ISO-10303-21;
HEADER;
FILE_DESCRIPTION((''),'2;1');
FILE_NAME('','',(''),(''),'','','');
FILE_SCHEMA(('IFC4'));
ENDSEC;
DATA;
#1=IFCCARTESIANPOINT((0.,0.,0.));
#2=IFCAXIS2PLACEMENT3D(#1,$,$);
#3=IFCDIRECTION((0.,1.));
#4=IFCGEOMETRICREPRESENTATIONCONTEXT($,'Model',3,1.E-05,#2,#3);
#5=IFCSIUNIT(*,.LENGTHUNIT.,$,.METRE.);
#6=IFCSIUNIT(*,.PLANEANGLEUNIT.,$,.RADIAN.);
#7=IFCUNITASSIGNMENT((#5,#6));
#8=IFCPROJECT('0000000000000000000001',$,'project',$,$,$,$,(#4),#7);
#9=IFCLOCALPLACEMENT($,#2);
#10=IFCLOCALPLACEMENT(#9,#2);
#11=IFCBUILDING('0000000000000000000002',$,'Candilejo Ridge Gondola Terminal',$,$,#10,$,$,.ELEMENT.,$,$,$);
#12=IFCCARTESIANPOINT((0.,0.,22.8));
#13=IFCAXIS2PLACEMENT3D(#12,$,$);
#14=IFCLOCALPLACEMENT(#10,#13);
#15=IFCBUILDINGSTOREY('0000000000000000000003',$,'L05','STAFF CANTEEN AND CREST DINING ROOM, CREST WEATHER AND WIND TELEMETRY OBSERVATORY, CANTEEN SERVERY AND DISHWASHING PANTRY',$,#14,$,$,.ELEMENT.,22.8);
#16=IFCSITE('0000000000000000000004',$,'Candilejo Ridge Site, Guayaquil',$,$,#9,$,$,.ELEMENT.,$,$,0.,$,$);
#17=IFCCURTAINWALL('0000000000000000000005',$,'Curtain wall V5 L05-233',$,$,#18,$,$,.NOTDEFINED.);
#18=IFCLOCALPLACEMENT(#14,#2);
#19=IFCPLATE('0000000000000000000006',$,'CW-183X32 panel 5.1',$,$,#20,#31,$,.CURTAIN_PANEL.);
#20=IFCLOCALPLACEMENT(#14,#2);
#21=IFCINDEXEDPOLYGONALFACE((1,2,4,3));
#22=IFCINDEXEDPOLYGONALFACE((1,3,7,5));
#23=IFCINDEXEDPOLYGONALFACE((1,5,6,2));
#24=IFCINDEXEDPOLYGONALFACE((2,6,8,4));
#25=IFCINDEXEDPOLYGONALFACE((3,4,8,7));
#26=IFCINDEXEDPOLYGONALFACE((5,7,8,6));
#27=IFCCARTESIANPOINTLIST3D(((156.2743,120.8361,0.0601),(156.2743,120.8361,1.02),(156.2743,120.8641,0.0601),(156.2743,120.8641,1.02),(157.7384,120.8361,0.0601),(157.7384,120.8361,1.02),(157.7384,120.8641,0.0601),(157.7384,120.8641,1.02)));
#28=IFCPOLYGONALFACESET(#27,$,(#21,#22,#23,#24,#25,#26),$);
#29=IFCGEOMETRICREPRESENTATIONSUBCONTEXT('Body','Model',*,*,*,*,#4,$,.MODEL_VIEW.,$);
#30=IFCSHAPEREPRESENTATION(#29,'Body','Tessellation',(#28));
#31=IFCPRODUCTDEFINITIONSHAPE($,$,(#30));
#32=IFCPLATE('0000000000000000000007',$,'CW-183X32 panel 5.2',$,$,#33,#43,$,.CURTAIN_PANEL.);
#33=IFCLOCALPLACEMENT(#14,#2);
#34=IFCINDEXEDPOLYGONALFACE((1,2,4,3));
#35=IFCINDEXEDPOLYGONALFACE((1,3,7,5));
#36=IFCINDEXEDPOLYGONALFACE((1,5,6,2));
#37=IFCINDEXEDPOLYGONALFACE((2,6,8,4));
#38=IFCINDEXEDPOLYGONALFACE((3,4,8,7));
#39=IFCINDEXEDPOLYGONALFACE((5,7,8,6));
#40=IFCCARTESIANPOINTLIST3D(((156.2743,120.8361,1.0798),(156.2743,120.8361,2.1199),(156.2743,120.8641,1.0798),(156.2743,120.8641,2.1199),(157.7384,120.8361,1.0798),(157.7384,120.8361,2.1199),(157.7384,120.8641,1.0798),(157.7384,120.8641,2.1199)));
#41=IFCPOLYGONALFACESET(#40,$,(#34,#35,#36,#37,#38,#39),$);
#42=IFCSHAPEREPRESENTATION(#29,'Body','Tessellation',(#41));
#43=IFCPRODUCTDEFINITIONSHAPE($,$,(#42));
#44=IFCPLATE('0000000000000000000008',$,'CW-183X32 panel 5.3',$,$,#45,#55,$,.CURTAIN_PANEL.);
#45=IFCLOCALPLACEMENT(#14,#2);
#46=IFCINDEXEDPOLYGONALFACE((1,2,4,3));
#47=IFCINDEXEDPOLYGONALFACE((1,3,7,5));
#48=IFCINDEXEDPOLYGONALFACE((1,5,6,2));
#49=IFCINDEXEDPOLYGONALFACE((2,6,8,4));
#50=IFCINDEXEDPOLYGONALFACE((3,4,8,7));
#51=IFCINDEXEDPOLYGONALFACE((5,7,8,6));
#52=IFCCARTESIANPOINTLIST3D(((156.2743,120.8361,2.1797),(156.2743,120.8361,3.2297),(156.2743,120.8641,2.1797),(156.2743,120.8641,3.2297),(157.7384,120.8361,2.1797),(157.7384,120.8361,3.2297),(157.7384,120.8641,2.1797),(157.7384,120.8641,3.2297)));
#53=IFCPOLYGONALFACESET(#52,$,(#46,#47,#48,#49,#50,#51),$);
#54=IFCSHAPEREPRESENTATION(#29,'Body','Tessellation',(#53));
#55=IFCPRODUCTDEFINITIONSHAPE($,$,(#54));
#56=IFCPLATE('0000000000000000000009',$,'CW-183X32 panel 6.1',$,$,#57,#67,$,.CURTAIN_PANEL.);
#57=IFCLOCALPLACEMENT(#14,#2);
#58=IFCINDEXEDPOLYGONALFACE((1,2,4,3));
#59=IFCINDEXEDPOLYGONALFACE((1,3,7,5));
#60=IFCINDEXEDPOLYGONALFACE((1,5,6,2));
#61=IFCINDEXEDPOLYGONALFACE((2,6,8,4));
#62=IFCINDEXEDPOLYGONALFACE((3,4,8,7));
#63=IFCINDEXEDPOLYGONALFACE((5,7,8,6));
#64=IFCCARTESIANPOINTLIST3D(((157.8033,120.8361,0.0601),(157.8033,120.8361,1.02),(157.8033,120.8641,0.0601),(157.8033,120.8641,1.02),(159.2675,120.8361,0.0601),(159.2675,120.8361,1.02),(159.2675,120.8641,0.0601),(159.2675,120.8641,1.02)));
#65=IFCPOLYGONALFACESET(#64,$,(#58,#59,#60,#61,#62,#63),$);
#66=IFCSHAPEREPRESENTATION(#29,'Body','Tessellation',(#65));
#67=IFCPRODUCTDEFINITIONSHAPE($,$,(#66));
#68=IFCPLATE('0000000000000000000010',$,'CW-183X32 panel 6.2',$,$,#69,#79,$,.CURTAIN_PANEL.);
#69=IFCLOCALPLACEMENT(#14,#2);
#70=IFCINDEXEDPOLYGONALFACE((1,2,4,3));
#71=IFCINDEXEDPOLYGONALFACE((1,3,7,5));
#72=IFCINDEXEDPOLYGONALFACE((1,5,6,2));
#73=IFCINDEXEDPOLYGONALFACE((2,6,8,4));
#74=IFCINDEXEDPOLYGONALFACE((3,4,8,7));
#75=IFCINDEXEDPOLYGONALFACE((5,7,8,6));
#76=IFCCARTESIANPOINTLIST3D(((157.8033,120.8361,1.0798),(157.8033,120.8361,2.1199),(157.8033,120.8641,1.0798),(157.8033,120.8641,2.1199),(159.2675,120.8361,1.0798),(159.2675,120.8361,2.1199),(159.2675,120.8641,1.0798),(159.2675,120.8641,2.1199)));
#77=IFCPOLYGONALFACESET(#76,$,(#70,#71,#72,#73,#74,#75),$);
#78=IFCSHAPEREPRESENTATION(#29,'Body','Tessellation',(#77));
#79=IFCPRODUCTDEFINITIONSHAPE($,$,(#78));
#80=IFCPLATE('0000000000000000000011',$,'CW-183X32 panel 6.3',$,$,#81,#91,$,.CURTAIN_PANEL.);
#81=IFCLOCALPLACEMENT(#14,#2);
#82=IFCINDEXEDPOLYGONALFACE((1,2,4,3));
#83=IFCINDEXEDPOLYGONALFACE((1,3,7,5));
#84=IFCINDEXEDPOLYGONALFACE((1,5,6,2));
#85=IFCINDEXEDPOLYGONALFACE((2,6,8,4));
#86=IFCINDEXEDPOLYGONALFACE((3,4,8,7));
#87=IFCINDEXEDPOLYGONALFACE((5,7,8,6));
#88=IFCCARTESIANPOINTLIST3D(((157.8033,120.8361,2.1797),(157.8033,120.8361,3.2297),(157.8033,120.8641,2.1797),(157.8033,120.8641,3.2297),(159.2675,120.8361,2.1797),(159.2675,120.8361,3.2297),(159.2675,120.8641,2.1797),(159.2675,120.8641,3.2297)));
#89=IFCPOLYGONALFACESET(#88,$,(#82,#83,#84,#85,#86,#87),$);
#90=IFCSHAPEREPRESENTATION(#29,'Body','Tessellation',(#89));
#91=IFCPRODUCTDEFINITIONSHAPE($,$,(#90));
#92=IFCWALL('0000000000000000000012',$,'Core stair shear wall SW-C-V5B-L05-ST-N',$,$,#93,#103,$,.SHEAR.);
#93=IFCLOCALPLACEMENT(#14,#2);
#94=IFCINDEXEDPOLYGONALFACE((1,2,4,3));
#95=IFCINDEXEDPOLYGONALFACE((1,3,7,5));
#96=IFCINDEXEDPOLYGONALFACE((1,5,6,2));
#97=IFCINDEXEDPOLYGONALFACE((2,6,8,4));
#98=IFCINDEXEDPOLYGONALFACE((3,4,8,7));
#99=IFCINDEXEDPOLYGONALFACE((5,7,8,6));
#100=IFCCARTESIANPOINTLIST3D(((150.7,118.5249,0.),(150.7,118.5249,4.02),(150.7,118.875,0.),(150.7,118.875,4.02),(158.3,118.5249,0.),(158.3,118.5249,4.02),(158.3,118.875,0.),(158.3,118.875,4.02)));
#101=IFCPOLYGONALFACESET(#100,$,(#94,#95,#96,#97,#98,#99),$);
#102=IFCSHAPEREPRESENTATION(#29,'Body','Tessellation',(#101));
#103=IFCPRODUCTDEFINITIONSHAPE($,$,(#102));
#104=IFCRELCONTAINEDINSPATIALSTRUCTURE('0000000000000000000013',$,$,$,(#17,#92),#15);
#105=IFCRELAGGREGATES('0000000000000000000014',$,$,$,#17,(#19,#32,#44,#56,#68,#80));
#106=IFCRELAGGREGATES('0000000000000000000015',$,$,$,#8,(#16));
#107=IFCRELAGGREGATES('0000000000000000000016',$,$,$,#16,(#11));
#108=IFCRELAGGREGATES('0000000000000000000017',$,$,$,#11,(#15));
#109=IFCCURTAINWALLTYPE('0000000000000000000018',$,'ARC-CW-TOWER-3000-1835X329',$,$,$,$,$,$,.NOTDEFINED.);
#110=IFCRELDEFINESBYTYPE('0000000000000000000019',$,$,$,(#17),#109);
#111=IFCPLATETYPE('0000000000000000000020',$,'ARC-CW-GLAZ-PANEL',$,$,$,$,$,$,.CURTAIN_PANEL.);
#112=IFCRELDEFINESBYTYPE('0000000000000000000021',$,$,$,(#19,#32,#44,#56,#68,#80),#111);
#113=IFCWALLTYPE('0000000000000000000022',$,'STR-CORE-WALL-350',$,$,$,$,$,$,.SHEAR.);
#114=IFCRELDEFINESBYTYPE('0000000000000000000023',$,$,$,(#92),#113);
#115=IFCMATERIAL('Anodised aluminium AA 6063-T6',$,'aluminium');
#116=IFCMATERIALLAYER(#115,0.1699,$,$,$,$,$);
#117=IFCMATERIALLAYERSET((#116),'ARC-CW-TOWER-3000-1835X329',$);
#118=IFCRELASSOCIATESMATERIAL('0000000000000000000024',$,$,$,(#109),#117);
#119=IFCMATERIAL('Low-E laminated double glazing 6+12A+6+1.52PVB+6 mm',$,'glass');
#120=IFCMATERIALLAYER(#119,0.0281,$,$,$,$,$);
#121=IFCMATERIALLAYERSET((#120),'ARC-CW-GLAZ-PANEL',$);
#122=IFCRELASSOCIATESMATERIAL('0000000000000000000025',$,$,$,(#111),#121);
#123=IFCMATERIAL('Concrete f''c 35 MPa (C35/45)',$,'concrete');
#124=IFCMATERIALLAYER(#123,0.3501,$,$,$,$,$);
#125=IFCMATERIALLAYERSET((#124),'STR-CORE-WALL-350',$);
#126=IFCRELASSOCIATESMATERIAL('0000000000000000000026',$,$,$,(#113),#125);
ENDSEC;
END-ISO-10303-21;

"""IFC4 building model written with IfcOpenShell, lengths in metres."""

from ifc_helpers import new_model, si_unit, direction, frame, frame_2d, origin, origin_2d, place, context, subcontext, project, spatial, rectangle, extrude, material, layer, layer_set, type_object, element, aggregate, save


model = new_model("IFC4")

# Units and contexts
model_context = context("Model", 3, precision=1e-05, world=origin(), true_north=direction((0.0, 1.0)))
body_context = subcontext(model_context, "Body", "Model", "MODEL_VIEW")
ifc_project = project(units=[si_unit("LENGTHUNIT", "METRE"), si_unit("PLANEANGLEUNIT", "RADIAN")], contexts=[model_context])

# Site, building, storey
site_placement = place(None, origin())
site = spatial("IfcSite", under=ifc_project, at=site_placement, Name="Candilejo Ridge Site, Guayaquil", CompositionType="ELEMENT", RefElevation=0.0)
building_placement = place(site_placement, origin())
building = spatial("IfcBuilding", under=site, at=building_placement, Name="Candilejo Ridge Gondola Terminal", CompositionType="ELEMENT")
storey_placement = place(building_placement, frame((0.0, 0.0, 22.8)))
storey = spatial("IfcBuildingStorey", under=building, at=storey_placement, Name="L05", Description="STAFF CANTEEN AND CREST DINING ROOM, CREST WEATHER AND WIND TELEMETRY OBSERVATORY, CANTEEN SERVERY AND DISHWASHING PANTRY", CompositionType="ELEMENT", Elevation=22.8)

# Curtain wall, plates
ifc_material_1 = material(Name="Anodised aluminium AA 6063-T6", Category="aluminium")
ifc_layer_1 = layer(ifc_material_1, 0.1699)
ifc_layer_set_1 = layer_set([ifc_layer_1], Name="ARC-CW-TOWER-3000-1835X329")
curtain_wall_type = type_object("IfcCurtainWallType", Name="ARC-CW-TOWER-3000-1835X329", PredefinedType="NOTDEFINED", material=ifc_layer_set_1)
curtain_wall_placement = place(storey_placement, origin())
curtain_wall = element("IfcCurtainWall", 1, at=curtain_wall_placement, inside=storey, type_object=curtain_wall_type, Name="Curtain wall V5 L05-233", PredefinedType="NOTDEFINED")
ifc_material_2 = material(Name="Low-E laminated double glazing 6+12A+6+1.52PVB+6 mm", Category="glass")
ifc_layer_2 = layer(ifc_material_2, 0.0281)
ifc_layer_set_2 = layer_set([ifc_layer_2], Name="ARC-CW-GLAZ-PANEL")
plate_type = type_object("IfcPlateType", Name="ARC-CW-GLAZ-PANEL", PredefinedType="CURTAIN_PANEL", material=ifc_layer_set_2)
plate_1_placement = place(storey_placement, frame((157.0063, 120.8501, 0.0601), z_axis=(0.0, 0.0, 1.0), x_axis=(1.0, 0.0, 0.0)))
plate_1 = element("IfcPlate", 2, at=plate_1_placement, type_object=plate_type, Name="CW-183X32 panel 5.1", PredefinedType="CURTAIN_PANEL", context=body_context, shape_type="SweptSolid", body=[
    extrude(rectangle(XDim=1.4641, YDim=0.0281, at=origin_2d()), origin(), (0.0, 0.0, 1.0), 0.96),
])
plate_2_placement = place(storey_placement, frame((157.0063, 120.8501, 1.0798), z_axis=(0.0, 0.0, 1.0), x_axis=(1.0, 0.0, 0.0)))
plate_2 = element("IfcPlate", 3, at=plate_2_placement, type_object=plate_type, Name="CW-183X32 panel 5.2", PredefinedType="CURTAIN_PANEL", context=body_context, shape_type="SweptSolid", body=[
    extrude(rectangle(XDim=1.4641, YDim=0.0281, at=origin_2d()), origin(), (0.0, 0.0, 1.0), 1.04),
])
plate_3_placement = place(storey_placement, frame((157.0063, 120.8501, 2.1797), z_axis=(0.0, 0.0, 1.0), x_axis=(1.0, 0.0, 0.0)))
plate_3 = element("IfcPlate", 4, at=plate_3_placement, type_object=plate_type, Name="CW-183X32 panel 5.3", PredefinedType="CURTAIN_PANEL", context=body_context, shape_type="SweptSolid", body=[
    extrude(rectangle(XDim=1.4641, YDim=0.0281, at=origin_2d()), origin(), (0.0, 0.0, 1.0), 1.05),
])
plate_4_placement = place(storey_placement, frame((158.5354, 120.8501, 0.0601), z_axis=(0.0, 0.0, 1.0), x_axis=(1.0, 0.0, 0.0)))
plate_4 = element("IfcPlate", 5, at=plate_4_placement, type_object=plate_type, Name="CW-183X32 panel 6.1", PredefinedType="CURTAIN_PANEL", context=body_context, shape_type="SweptSolid", body=[
    extrude(rectangle(XDim=1.4641, YDim=0.0281, at=origin_2d()), origin(), (0.0, 0.0, 1.0), 0.96),
])
plate_5_placement = place(storey_placement, frame((158.5354, 120.8501, 1.0798), z_axis=(0.0, 0.0, 1.0), x_axis=(1.0, 0.0, 0.0)))
plate_5 = element("IfcPlate", 6, at=plate_5_placement, type_object=plate_type, Name="CW-183X32 panel 6.2", PredefinedType="CURTAIN_PANEL", context=body_context, shape_type="SweptSolid", body=[
    extrude(rectangle(XDim=1.4641, YDim=0.0281, at=origin_2d()), origin(), (0.0, 0.0, 1.0), 1.04),
])
plate_6_placement = place(storey_placement, frame((158.5354, 120.8501, 2.1797), z_axis=(0.0, 0.0, 1.0), x_axis=(1.0, 0.0, 0.0)))
plate_6 = element("IfcPlate", 7, at=plate_6_placement, type_object=plate_type, Name="CW-183X32 panel 6.3", PredefinedType="CURTAIN_PANEL", context=body_context, shape_type="SweptSolid", body=[
    extrude(rectangle(XDim=1.4641, YDim=0.0281, at=origin_2d()), origin(), (0.0, 0.0, 1.0), 1.05),
])
aggregate(curtain_wall, [plate_1, plate_2, plate_3, plate_4, plate_5, plate_6])

# Wall
ifc_material_3 = material(Name="Concrete f'c 35 MPa (C35/45)", Category="concrete")
ifc_layer_3 = layer(ifc_material_3, 0.3501)
ifc_layer_set_3 = layer_set([ifc_layer_3], Name="STR-CORE-WALL-350")
wall_type = type_object("IfcWallType", Name="STR-CORE-WALL-350", PredefinedType="SHEAR", material=ifc_layer_set_3)
wall_placement = place(storey_placement, frame((158.3, 118.7, 0.0), z_axis=(0.0, 0.0, 1.0), x_axis=(-1.0, 0.0, 0.0)))
element("IfcWall", 8, at=wall_placement, inside=storey, type_object=wall_type, Name="Core stair shear wall SW-C-V5B-L05-ST-N", PredefinedType="SHEAR", context=body_context, shape_type="SweptSolid", body=[
    extrude(rectangle(XDim=7.6001, YDim=0.3501, at=frame_2d((3.8, 0.0))), origin(), (0.0, 0.0, 1.0), 4.02),
])

save(model, "model.ifc")
